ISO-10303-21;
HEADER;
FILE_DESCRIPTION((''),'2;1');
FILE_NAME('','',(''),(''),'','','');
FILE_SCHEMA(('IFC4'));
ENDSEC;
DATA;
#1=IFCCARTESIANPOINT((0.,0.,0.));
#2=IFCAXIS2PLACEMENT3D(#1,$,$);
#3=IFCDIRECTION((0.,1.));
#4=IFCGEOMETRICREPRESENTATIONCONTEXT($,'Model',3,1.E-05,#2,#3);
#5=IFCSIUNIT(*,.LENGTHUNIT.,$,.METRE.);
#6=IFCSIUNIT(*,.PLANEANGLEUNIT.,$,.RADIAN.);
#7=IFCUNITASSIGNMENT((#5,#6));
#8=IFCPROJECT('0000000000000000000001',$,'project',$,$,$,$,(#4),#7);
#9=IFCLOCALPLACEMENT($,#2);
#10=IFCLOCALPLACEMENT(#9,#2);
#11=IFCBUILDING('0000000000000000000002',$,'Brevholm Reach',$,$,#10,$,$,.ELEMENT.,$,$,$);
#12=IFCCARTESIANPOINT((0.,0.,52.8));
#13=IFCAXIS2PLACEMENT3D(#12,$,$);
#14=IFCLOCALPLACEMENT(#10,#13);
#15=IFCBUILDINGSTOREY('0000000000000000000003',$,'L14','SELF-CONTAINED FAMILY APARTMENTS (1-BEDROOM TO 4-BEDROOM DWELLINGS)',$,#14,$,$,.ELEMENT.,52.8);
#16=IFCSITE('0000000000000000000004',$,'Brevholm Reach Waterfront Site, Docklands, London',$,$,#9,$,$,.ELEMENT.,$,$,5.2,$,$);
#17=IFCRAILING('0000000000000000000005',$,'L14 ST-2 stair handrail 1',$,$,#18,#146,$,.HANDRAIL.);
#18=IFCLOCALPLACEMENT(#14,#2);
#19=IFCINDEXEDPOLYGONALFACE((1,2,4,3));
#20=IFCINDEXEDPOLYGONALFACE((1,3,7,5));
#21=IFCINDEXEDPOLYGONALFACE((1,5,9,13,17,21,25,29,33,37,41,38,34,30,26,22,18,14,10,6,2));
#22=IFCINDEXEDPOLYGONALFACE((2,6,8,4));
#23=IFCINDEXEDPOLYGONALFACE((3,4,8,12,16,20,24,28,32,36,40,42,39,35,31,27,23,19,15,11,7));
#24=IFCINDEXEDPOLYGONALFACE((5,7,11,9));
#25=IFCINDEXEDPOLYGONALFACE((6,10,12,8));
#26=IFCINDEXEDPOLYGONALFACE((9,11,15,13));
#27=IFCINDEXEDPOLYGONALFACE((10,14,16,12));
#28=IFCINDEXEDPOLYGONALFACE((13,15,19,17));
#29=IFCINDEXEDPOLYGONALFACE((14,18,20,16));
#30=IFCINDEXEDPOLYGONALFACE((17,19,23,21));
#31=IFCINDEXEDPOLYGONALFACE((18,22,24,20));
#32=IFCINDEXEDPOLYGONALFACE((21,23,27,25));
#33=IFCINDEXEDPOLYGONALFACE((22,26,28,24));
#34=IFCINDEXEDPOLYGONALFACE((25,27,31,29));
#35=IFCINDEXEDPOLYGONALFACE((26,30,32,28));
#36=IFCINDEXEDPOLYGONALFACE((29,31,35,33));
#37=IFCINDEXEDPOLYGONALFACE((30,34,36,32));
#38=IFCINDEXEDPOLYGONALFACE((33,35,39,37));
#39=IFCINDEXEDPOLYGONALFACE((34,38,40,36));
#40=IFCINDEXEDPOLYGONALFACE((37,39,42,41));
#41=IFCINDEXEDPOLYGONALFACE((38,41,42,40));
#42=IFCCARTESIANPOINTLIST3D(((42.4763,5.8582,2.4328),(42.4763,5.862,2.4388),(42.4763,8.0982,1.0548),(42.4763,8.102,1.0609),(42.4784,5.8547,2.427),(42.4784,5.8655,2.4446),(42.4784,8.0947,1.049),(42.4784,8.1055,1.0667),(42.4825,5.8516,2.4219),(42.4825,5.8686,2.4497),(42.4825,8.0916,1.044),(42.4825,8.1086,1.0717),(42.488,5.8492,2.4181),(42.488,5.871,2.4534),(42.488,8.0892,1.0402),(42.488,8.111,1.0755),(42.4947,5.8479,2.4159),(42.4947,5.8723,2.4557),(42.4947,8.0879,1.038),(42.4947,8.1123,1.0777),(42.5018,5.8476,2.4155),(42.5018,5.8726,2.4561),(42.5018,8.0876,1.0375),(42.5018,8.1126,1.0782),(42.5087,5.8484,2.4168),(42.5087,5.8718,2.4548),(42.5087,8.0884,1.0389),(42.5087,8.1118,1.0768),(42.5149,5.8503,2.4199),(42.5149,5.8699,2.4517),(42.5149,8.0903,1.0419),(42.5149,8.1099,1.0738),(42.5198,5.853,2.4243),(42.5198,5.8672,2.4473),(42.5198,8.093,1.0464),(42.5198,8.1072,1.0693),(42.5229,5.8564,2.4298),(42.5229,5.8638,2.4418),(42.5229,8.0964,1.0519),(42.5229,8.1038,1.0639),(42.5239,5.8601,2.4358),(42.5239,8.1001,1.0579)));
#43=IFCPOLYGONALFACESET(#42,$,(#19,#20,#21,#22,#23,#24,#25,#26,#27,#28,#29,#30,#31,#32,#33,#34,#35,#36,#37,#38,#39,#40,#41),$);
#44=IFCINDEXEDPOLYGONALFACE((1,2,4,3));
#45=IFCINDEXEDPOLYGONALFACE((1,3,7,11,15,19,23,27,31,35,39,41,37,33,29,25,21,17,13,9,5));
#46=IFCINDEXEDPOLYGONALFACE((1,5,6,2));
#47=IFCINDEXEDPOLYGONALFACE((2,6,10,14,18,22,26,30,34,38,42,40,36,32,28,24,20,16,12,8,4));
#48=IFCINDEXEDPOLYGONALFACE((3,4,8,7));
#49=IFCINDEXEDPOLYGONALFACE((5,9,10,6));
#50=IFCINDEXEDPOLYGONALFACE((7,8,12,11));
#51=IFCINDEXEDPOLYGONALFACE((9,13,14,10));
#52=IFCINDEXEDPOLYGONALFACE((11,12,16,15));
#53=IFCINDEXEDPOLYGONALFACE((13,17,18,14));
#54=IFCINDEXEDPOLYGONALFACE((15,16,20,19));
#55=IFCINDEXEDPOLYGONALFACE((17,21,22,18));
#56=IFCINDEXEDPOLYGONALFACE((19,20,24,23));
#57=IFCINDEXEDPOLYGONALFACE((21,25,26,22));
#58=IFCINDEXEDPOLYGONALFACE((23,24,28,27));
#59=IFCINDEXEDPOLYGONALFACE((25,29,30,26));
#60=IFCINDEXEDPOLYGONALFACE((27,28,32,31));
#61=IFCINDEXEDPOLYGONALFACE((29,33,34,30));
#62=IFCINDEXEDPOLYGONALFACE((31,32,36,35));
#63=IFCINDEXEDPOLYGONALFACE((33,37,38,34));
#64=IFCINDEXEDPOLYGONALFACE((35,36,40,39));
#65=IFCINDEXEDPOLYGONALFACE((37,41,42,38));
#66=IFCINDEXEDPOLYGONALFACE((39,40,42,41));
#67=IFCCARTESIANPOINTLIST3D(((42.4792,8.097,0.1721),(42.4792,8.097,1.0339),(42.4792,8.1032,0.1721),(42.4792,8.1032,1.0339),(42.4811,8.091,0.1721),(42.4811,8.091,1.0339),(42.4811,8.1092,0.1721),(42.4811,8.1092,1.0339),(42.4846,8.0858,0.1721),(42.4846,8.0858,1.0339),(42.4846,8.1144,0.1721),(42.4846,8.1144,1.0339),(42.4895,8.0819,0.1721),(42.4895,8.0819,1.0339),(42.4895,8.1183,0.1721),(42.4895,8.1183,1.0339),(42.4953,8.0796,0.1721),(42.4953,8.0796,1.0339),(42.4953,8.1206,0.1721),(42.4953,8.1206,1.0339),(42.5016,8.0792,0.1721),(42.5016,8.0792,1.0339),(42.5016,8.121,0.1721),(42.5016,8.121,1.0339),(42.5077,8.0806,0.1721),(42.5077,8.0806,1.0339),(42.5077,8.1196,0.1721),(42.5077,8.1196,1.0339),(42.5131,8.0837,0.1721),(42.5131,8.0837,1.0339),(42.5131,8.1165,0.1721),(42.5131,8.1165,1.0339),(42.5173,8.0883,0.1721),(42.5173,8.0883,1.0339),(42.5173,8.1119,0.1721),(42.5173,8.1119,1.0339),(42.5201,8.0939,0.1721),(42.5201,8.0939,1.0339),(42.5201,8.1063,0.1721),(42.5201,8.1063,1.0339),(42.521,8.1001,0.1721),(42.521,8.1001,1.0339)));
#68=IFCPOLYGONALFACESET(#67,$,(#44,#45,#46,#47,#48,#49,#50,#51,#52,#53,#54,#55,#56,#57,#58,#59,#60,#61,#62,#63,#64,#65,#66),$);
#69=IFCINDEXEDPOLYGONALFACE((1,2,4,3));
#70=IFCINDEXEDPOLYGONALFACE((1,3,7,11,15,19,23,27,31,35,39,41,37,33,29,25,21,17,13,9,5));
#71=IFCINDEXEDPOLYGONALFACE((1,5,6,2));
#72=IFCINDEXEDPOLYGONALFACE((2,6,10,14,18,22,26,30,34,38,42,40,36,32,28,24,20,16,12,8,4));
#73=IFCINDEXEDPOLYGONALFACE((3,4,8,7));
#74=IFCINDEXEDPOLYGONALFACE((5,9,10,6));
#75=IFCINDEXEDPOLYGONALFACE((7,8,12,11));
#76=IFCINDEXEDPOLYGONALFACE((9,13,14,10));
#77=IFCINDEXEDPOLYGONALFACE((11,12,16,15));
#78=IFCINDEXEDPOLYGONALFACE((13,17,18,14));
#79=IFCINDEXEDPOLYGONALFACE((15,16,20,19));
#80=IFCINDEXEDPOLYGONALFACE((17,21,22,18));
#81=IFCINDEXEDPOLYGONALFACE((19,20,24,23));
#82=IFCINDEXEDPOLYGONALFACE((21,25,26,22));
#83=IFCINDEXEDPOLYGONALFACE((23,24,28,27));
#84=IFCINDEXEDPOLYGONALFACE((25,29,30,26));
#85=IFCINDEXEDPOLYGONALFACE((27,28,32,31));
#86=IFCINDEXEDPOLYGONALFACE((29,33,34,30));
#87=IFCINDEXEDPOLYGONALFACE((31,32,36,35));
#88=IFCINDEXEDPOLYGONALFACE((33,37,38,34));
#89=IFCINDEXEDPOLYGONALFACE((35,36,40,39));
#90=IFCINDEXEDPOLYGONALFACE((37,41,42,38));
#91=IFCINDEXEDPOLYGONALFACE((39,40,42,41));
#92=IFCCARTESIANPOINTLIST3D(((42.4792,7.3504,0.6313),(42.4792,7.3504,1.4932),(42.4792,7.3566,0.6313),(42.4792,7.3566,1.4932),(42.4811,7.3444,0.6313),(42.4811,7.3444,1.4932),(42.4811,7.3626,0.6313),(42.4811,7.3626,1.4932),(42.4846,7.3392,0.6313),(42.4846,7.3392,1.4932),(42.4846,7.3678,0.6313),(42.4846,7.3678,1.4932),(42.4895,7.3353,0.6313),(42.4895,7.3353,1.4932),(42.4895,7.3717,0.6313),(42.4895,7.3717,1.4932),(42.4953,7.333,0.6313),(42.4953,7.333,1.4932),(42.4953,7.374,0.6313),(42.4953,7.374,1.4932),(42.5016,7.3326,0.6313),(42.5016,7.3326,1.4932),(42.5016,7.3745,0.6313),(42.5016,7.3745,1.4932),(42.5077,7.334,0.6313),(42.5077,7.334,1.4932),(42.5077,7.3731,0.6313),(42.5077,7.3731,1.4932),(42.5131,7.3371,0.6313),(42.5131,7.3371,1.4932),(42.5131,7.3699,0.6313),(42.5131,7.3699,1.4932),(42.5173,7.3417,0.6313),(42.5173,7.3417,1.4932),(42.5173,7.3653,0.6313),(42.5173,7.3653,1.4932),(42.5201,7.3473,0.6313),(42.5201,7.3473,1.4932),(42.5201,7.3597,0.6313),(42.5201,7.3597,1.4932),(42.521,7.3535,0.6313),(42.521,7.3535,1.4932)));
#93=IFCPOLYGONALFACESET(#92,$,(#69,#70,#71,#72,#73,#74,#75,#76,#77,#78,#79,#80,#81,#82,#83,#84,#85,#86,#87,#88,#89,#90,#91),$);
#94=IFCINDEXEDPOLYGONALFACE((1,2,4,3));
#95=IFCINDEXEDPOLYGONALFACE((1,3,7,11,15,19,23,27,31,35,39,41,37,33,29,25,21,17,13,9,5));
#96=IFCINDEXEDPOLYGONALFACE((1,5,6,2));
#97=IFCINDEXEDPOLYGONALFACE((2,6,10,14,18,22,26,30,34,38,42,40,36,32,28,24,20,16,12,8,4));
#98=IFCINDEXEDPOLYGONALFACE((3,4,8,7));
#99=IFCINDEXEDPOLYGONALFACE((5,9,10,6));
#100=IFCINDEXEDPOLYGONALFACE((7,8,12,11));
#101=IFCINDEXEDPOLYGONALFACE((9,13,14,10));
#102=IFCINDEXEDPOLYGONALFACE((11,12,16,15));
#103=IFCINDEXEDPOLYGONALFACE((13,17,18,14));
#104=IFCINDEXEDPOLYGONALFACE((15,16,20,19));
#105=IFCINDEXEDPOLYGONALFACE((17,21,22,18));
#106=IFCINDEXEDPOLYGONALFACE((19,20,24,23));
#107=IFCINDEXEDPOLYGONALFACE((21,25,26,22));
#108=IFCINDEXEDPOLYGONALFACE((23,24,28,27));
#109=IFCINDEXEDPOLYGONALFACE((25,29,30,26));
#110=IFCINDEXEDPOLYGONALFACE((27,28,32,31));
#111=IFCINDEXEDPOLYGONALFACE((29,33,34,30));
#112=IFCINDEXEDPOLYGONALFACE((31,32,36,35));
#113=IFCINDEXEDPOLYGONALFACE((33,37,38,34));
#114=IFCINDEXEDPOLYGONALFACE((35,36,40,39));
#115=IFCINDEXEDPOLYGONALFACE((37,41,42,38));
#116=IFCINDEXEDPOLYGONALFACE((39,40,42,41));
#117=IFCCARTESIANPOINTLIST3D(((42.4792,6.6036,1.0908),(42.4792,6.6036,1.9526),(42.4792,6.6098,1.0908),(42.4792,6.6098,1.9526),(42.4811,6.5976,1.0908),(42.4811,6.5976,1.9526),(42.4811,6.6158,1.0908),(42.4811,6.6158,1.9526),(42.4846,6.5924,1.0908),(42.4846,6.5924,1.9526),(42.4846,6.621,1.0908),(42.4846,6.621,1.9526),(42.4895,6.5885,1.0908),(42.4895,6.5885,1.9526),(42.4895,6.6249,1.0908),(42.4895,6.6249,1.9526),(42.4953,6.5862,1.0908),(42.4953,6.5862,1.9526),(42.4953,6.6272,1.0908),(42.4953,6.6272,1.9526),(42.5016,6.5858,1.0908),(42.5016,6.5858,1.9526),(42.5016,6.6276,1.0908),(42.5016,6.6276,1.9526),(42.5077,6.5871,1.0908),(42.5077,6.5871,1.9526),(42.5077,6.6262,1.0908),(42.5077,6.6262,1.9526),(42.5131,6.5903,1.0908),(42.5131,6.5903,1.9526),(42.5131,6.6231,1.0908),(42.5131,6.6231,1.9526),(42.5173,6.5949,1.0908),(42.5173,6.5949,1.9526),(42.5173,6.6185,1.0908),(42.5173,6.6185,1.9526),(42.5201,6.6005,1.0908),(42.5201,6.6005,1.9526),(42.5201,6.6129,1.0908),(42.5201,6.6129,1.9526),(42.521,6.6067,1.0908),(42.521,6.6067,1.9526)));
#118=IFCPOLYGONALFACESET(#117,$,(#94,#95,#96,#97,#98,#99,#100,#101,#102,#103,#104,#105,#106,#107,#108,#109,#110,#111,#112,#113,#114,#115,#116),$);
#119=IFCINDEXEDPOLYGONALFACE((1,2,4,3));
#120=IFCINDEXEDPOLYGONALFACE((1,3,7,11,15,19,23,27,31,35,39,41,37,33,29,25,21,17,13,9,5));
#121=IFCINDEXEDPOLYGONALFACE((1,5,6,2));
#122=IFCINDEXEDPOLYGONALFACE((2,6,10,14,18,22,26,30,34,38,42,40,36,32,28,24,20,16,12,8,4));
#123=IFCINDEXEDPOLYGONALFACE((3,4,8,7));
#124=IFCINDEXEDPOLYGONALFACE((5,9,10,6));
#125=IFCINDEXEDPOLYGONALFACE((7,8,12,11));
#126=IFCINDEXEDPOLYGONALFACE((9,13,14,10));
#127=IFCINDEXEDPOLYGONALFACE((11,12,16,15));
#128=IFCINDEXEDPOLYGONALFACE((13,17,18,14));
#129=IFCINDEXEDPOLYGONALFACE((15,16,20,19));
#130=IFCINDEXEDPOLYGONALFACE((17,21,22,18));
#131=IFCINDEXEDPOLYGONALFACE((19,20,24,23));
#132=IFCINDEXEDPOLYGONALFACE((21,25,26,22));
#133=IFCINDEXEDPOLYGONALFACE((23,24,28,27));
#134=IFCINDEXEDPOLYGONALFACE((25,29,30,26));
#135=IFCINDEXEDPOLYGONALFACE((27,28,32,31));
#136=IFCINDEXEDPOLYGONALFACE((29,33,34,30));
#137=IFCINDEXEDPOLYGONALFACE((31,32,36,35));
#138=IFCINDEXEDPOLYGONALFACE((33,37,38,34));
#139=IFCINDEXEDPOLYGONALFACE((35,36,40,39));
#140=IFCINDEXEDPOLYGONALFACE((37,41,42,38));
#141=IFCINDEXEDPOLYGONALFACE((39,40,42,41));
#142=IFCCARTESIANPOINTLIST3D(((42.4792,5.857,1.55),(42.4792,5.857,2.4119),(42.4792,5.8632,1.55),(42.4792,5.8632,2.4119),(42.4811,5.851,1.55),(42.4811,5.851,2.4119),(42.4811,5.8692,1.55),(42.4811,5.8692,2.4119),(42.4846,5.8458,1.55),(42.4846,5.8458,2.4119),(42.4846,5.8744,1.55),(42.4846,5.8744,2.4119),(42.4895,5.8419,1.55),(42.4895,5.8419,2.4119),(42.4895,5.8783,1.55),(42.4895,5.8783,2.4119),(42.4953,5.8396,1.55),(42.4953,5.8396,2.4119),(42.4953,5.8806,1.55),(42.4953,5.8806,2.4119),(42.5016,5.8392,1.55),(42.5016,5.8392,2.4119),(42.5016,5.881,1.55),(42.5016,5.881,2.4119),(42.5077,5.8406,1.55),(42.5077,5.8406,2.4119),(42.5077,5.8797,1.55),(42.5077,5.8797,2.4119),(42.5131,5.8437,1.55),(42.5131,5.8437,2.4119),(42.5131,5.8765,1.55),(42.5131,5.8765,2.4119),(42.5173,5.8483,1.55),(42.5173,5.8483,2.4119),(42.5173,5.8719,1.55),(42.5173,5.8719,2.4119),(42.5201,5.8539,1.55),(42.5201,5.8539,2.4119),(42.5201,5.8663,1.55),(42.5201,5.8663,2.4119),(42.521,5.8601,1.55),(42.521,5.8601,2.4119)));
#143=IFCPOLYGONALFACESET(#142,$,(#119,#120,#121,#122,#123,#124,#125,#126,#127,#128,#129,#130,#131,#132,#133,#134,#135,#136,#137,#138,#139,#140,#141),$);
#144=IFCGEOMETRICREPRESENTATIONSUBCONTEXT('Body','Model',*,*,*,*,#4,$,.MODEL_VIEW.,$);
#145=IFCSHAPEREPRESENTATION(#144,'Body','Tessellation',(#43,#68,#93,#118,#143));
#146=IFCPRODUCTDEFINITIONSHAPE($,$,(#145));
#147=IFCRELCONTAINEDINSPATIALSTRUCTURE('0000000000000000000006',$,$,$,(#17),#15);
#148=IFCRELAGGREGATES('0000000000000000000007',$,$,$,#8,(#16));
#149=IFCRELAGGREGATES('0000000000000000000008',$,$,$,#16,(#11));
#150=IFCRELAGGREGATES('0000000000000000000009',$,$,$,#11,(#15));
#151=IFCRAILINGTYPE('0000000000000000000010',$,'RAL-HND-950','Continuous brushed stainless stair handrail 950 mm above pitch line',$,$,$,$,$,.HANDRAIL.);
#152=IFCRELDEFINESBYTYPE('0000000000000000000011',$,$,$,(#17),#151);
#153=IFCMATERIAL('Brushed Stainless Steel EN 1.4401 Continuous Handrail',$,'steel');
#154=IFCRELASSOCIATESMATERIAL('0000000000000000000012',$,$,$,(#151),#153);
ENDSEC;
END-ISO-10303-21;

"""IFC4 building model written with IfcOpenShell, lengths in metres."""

from ifc_helpers import new_model, si_unit, direction, frame, origin, origin_2d, place, context, subcontext, project, spatial, circle, extrude, material, type_object, element, save


model = new_model("IFC4")

# Units and contexts
model_context = context("Model", 3, precision=1e-05, world=origin(), true_north=direction((0.0, 1.0)))
body_context = subcontext(model_context, "Body", "Model", "MODEL_VIEW")
ifc_project = project(units=[si_unit("LENGTHUNIT", "METRE"), si_unit("PLANEANGLEUNIT", "RADIAN")], contexts=[model_context])

# Site, building, storey
site_placement = place(None, origin())
site = spatial("IfcSite", under=ifc_project, at=site_placement, Name="Brevholm Reach Waterfront Site, Docklands, London", CompositionType="ELEMENT", RefElevation=5.2)
building_placement = place(site_placement, origin())
building = spatial("IfcBuilding", under=site, at=building_placement, Name="Brevholm Reach", CompositionType="ELEMENT")
storey_placement = place(building_placement, frame((0.0, 0.0, 52.8)))
storey = spatial("IfcBuildingStorey", under=building, at=storey_placement, Name="L14", Description="SELF-CONTAINED FAMILY APARTMENTS (1-BEDROOM TO 4-BEDROOM DWELLINGS)", CompositionType="ELEMENT", Elevation=52.8)

# Railing
ifc_material_1 = material(Name="Brushed Stainless Steel EN 1.4401 Continuous Handrail", Category="steel")
railing_type_1 = type_object("IfcRailingType", Name="RAL-HND-950", Description="Continuous brushed stainless stair handrail 950 mm above pitch line", PredefinedType="HANDRAIL", material=ifc_material_1)
railing_1_placement = place(storey_placement, frame((42.5, 8.1001, 0.1721)))
element("IfcRailing", 1, at=railing_1_placement, inside=storey, type_object=railing_type_1, Name="L14 ST-2 stair handrail 1", PredefinedType="HANDRAIL", context=body_context, shape_type="SweptSolid", body=[
    extrude(circle(Radius=0.0239, at=origin_2d()), frame((0.0, 0.0, 0.8857), z_axis=(0.0, -0.851748, 0.523952), x_axis=(1.0, 0.0, 0.0)), (0.0, 0.0, 1.0), 2.6299),
    extrude(circle(Radius=0.021, at=origin_2d()), origin(), (0.0, 0.0, 1.0), 0.8618),
    extrude(circle(Radius=0.021, at=origin_2d()), frame((0.0, -0.7466, 0.4592)), (0.0, 0.0, 1.0), 0.8618),
    extrude(circle(Radius=0.021, at=origin_2d()), frame((0.0, -1.4934, 0.9187)), (0.0, 0.0, 1.0), 0.8618),
    extrude(circle(Radius=0.021, at=origin_2d()), frame((0.0, -2.24, 1.3779)), (0.0, 0.0, 1.0), 0.8618),
])

save(model, "model.ifc")
